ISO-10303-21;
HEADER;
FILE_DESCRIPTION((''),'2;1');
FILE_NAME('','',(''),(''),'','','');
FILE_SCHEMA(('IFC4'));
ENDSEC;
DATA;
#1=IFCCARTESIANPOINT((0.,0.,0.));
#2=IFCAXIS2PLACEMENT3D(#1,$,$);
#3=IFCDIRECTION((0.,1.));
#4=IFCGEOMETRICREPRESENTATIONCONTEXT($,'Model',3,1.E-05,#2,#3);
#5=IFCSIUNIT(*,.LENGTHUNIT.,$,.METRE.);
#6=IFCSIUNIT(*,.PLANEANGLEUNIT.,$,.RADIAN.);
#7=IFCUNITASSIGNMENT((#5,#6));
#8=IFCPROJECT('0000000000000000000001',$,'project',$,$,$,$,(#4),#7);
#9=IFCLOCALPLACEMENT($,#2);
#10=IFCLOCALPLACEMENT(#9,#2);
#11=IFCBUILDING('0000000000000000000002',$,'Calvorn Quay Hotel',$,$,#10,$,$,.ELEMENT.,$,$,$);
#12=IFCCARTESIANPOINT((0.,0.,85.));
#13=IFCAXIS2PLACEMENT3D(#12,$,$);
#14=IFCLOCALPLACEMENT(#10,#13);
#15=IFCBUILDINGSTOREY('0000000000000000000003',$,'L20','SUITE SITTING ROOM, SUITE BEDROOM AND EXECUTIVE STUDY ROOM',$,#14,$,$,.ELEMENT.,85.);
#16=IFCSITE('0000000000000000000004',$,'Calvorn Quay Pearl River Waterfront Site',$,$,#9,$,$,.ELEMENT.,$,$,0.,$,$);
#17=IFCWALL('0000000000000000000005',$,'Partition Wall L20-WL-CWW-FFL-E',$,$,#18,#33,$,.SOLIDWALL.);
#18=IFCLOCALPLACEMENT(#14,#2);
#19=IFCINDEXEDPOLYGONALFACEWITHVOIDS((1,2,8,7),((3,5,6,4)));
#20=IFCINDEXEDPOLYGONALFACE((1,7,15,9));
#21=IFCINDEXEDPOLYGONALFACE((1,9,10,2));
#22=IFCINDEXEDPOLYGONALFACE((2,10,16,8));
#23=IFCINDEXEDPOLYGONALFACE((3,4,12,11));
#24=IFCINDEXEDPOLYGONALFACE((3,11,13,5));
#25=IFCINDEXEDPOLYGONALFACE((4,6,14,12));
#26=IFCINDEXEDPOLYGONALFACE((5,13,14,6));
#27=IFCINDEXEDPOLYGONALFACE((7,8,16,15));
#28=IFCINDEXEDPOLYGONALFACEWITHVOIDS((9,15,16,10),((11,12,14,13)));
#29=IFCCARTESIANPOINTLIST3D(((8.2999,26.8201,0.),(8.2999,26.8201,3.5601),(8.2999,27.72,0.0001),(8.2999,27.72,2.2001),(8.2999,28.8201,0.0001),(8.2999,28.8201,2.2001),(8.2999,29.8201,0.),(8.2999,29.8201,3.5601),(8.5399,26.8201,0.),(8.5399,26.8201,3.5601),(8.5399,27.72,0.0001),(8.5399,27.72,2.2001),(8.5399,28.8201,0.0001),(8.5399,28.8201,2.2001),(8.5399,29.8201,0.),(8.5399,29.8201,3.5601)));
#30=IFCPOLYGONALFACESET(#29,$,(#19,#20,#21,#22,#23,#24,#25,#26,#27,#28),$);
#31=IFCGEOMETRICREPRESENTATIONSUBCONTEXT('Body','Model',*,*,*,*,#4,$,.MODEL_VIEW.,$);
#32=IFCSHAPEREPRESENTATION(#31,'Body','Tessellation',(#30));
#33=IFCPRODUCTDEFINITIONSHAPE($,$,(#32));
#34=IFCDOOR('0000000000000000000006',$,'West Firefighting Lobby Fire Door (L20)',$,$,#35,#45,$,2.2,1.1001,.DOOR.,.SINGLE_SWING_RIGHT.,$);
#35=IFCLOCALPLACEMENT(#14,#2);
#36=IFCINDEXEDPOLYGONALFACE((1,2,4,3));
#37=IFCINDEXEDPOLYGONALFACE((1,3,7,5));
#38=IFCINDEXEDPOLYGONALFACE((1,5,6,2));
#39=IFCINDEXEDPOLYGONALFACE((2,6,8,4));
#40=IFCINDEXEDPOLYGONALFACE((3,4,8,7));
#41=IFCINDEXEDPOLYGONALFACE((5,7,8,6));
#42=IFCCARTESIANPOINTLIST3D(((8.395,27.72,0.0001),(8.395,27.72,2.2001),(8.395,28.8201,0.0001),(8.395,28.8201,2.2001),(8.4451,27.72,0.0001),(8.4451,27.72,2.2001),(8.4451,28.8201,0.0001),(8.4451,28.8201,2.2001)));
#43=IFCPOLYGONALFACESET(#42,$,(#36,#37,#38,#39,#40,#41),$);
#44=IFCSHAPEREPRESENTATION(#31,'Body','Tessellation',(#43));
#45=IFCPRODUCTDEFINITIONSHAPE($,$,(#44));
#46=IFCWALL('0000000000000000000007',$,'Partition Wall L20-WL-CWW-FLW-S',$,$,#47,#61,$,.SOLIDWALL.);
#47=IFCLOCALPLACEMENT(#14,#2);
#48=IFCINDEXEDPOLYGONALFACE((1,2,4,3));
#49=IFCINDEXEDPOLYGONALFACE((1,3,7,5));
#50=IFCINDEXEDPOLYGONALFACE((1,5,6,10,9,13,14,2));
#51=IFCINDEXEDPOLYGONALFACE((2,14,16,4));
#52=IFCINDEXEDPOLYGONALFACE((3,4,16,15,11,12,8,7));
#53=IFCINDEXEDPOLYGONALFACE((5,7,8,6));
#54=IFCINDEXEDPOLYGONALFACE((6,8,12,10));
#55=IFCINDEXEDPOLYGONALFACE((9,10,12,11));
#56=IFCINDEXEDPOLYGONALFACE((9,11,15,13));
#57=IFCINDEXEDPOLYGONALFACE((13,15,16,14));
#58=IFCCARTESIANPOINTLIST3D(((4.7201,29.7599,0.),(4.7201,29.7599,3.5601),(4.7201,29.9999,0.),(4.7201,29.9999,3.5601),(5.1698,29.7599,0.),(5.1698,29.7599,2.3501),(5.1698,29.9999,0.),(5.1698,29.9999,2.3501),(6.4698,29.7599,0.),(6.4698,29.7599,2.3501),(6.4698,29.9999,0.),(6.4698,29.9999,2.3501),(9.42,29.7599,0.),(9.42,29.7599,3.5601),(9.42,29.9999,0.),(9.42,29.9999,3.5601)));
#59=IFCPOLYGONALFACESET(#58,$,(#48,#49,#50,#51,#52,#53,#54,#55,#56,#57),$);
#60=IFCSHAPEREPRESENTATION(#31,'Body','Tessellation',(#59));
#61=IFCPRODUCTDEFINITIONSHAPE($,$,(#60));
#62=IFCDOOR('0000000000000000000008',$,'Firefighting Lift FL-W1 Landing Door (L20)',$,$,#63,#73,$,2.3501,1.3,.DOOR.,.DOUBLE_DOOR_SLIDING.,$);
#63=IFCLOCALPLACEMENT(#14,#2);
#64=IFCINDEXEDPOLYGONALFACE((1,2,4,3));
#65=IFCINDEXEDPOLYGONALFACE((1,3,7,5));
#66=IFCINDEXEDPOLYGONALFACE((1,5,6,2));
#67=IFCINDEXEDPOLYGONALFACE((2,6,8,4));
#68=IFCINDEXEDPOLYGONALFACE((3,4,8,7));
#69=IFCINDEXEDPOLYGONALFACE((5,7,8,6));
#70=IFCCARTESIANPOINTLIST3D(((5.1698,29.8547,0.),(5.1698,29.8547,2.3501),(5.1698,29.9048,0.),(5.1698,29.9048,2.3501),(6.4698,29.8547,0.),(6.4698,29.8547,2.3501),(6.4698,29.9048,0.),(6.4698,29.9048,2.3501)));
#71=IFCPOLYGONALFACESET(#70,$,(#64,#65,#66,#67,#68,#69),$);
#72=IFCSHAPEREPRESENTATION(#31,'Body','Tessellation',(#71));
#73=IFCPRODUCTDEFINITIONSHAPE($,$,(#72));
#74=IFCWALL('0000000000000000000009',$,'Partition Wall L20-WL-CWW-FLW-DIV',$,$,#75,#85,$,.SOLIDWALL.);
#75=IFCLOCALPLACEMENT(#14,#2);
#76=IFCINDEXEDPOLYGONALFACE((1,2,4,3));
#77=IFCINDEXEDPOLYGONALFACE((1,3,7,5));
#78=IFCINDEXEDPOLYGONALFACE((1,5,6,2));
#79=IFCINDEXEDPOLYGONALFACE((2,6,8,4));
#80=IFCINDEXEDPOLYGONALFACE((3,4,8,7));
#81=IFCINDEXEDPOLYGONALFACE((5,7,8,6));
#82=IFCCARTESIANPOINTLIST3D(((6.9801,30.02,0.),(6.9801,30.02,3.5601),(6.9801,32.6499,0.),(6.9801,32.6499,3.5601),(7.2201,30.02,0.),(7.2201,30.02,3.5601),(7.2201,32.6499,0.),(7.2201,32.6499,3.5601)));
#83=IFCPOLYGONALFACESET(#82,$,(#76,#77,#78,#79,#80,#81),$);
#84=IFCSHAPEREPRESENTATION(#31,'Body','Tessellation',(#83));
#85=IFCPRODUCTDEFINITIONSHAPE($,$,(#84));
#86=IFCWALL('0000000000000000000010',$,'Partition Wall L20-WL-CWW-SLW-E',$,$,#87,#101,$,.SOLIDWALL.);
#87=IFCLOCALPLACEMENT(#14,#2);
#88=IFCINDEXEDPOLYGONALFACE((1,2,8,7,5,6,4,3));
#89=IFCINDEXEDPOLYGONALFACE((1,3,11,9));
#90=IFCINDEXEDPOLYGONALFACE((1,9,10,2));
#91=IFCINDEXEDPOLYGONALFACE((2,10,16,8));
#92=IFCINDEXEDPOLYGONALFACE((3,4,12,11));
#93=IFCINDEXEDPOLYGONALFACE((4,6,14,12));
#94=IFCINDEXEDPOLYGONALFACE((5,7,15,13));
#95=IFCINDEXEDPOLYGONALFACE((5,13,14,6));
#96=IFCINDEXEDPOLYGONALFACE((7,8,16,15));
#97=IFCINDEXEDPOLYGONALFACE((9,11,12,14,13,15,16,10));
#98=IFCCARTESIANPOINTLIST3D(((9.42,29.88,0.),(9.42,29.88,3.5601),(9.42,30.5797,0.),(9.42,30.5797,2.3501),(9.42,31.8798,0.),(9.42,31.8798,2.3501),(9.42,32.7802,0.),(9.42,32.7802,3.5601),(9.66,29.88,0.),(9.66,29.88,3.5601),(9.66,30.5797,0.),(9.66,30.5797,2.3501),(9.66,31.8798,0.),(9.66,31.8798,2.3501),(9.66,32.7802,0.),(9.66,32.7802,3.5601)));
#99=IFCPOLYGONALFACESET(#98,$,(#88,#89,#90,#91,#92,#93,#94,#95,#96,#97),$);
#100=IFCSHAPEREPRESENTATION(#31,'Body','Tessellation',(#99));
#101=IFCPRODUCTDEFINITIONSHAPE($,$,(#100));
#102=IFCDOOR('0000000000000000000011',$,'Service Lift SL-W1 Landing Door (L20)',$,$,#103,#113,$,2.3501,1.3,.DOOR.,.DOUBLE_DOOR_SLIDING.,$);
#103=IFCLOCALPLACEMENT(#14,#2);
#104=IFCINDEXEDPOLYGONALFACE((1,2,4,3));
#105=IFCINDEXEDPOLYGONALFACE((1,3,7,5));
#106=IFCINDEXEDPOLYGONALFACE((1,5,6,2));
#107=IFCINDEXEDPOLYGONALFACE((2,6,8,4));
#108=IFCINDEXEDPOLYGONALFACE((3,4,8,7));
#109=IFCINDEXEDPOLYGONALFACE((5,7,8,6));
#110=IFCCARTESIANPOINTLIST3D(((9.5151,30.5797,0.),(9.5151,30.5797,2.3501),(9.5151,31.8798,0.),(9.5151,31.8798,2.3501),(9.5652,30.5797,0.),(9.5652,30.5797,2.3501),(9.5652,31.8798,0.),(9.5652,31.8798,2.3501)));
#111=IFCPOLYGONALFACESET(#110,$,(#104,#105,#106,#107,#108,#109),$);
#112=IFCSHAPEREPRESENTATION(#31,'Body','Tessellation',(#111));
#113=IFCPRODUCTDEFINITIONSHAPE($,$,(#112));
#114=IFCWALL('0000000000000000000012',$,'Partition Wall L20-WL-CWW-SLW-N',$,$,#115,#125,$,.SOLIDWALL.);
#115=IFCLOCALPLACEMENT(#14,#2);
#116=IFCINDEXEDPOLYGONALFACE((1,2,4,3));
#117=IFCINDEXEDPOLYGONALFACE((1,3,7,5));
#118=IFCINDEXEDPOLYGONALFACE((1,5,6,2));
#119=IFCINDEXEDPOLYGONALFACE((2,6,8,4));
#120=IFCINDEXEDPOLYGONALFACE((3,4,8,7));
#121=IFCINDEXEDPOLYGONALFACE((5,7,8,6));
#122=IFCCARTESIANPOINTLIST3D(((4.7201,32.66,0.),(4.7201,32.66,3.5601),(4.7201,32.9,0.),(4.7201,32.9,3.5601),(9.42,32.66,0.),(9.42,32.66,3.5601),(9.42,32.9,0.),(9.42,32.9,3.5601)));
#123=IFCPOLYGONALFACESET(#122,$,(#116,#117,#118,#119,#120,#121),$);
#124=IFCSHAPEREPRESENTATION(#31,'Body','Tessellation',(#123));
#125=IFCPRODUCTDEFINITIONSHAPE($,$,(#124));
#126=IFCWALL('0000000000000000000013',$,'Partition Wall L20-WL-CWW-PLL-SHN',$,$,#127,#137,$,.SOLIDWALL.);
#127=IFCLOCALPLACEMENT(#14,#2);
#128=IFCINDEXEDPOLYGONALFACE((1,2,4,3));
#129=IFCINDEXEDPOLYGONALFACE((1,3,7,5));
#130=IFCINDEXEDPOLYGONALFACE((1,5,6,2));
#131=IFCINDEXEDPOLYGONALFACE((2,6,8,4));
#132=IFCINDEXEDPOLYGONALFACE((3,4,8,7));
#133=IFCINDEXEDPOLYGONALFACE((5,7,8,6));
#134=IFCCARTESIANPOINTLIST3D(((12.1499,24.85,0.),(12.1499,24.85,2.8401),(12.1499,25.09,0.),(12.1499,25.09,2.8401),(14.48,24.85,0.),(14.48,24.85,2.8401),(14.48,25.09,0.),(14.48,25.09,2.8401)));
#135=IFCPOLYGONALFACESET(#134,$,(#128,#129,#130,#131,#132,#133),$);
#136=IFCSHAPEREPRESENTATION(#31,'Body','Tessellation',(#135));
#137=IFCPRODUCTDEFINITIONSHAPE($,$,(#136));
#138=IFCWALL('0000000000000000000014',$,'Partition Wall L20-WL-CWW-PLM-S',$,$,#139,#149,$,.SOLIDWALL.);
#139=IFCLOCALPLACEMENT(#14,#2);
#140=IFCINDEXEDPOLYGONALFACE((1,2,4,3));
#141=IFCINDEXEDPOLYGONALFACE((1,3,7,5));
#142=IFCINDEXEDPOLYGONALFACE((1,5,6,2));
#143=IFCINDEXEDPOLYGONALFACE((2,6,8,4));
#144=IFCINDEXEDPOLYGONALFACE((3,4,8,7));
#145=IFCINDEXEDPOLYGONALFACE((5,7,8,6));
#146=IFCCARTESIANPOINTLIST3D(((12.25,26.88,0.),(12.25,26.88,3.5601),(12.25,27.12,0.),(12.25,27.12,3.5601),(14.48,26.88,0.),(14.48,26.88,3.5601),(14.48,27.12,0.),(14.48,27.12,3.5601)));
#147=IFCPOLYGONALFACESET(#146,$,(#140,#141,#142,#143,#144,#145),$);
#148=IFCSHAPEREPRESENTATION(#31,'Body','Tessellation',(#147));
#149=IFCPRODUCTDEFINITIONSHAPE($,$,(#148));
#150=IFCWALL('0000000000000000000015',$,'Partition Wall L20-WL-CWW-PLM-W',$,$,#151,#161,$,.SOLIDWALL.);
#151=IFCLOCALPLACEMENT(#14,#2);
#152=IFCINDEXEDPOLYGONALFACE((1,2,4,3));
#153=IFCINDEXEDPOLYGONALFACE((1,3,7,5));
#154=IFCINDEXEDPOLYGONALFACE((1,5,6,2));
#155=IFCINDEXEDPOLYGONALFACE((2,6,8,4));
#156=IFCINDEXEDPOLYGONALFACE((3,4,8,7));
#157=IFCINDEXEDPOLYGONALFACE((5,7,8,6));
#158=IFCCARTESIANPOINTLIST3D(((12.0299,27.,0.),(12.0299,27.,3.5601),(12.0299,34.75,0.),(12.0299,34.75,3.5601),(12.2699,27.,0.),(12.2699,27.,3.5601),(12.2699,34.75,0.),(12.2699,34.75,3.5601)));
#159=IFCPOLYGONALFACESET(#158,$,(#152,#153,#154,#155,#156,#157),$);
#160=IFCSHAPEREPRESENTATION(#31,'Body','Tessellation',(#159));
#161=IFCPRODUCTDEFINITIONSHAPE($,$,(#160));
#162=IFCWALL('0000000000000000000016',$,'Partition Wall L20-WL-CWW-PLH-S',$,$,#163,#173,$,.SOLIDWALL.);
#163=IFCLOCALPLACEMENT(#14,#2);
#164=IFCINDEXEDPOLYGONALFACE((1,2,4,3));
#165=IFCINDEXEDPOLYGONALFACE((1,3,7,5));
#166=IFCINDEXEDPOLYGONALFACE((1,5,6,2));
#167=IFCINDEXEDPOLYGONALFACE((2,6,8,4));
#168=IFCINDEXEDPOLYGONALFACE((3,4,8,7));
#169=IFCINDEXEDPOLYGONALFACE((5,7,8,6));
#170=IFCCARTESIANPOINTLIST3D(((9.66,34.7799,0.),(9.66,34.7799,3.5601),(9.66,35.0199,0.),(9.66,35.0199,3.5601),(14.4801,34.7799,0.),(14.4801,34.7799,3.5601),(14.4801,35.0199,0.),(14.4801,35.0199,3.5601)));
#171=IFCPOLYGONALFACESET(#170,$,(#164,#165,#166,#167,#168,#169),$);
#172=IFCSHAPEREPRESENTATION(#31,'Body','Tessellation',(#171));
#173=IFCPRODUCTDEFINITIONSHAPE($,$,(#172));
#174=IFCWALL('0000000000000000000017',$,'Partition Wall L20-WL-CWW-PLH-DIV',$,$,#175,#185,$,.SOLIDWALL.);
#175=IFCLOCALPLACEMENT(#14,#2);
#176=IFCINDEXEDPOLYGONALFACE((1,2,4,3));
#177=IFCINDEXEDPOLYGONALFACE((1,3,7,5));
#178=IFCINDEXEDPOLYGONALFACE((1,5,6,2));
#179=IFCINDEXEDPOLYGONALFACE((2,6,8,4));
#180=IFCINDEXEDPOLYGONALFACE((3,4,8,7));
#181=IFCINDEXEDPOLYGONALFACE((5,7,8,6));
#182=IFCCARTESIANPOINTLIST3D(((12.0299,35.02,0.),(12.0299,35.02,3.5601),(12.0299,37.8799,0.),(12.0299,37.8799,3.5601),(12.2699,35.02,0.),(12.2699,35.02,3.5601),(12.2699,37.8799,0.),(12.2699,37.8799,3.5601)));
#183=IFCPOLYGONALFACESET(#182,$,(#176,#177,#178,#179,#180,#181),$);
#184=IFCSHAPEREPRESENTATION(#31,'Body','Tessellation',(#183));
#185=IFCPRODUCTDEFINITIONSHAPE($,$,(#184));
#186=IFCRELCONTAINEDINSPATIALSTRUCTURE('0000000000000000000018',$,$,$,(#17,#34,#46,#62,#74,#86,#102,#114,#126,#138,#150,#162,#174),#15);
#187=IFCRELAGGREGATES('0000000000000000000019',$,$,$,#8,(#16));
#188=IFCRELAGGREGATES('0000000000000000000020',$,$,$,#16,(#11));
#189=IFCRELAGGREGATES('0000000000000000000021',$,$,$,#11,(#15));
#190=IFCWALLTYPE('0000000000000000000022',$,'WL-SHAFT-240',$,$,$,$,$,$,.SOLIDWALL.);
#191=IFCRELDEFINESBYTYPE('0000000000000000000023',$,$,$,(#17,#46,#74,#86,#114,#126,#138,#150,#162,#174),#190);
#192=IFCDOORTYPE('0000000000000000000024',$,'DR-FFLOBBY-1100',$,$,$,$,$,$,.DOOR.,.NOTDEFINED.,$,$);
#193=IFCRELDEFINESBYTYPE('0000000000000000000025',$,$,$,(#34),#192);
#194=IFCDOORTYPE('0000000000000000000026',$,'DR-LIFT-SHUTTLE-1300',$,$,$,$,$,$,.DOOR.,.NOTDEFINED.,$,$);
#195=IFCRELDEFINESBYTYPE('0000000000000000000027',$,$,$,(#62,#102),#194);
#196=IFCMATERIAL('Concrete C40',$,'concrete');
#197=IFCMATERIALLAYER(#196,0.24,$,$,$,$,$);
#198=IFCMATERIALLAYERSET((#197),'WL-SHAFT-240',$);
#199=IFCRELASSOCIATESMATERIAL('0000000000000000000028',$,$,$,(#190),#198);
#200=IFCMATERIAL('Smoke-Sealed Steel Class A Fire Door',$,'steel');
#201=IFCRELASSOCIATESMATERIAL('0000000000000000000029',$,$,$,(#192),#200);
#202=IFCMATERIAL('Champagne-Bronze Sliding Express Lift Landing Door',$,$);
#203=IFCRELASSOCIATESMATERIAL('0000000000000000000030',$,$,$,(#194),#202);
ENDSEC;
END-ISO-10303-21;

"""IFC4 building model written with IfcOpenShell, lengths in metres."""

from ifc_helpers import new_model, si_unit, direction, frame, frame_2d, origin, place, context, subcontext, project, spatial, rectangle, extrude, material, layer, layer_set, type_object, element, fill, save


model = new_model("IFC4")

# Units and contexts
model_context = context("Model", 3, precision=1e-05, world=origin(), true_north=direction((0.0, 1.0)))
body_context = subcontext(model_context, "Body", "Model", "MODEL_VIEW")
ifc_project = project(units=[si_unit("LENGTHUNIT", "METRE"), si_unit("PLANEANGLEUNIT", "RADIAN")], contexts=[model_context])

# Site, building, storey
site_placement = place(None, origin())
site = spatial("IfcSite", under=ifc_project, at=site_placement, Name="Calvorn Quay Pearl River Waterfront Site", CompositionType="ELEMENT", RefElevation=0.0)
building_placement = place(site_placement, origin())
building = spatial("IfcBuilding", under=site, at=building_placement, Name="Calvorn Quay Hotel", CompositionType="ELEMENT")
storey_placement = place(building_placement, frame((0.0, 0.0, 85.0)))
storey = spatial("IfcBuildingStorey", under=building, at=storey_placement, Name="L20", Description="SUITE SITTING ROOM, SUITE BEDROOM AND EXECUTIVE STUDY ROOM", CompositionType="ELEMENT", Elevation=85.0)

# Shared definitions
ifc_material_1 = material(Name="Concrete C40", Category="concrete")
ifc_layer_1 = layer(ifc_material_1, 0.24)
ifc_layer_set_1 = layer_set([ifc_layer_1], Name="WL-SHAFT-240")
wall_type_1 = type_object("IfcWallType", Name="WL-SHAFT-240", PredefinedType="SOLIDWALL", material=ifc_layer_set_1)

# Walls, openings, doors
wall_1_placement = place(storey_placement, frame((8.4199, 26.8201, 0.0), z_axis=(0.0, 0.0, 1.0), x_axis=(0.0, 1.0, 0.0)))
wall_1 = element("IfcWall", 1, at=wall_1_placement, inside=storey, type_object=wall_type_1, Name="Partition Wall L20-WL-CWW-FFL-E", PredefinedType="SOLIDWALL", context=body_context, shape_type="SweptSolid", body=[
    extrude(rectangle(XDim=3.0, YDim=0.24, at=frame_2d((1.5, 0.0))), origin(), (0.0, 0.0, 1.0), 3.5601),
])
opening_1_placement = place(wall_1_placement, frame((0.8999, 0.0, 0.0)))
opening_1 = element("IfcOpeningElement", 2, at=opening_1_placement, cuts=wall_1, PredefinedType="OPENING", context=body_context, shape_type="SweptSolid", body=[
    extrude(rectangle(XDim=1.1001, YDim=2.2, at=frame_2d((0.55, 1.1001))), frame((0.0, 0.1299, 0.0), z_axis=(0.0, -1.0, 0.0), x_axis=(1.0, 0.0, 0.0)), (0.0, 0.0, 1.0), 0.26),
])
ifc_material_2 = material(Name="Smoke-Sealed Steel Class A Fire Door", Category="steel")
door_type_1 = type_object("IfcDoorType", Name="DR-FFLOBBY-1100", OperationType="NOTDEFINED", PredefinedType="DOOR", material=ifc_material_2)
door_1_placement = place(opening_1_placement, origin())
door_1 = element("IfcDoor", 3, at=door_1_placement, inside=storey, type_object=door_type_1, Name="West Firefighting Lobby Fire Door (L20)", OperationType="SINGLE_SWING_RIGHT", OverallHeight=2.2, OverallWidth=1.1001, PredefinedType="DOOR", context=body_context, shape_type="SweptSolid", body=[
    extrude(rectangle(XDim=1.1001, YDim=2.2, at=frame_2d((0.55, 1.1001))), frame((0.0, 0.0249, 0.0), z_axis=(0.0, -1.0, 0.0), x_axis=(1.0, 0.0, 0.0)), (0.0, 0.0, 1.0), 0.05),
])
fill(opening_1, door_1)
wall_2_placement = place(storey_placement, frame((4.72, 29.8799, 0.0), z_axis=(0.0, 0.0, 1.0), x_axis=(1.0, 0.0, 0.0)))
wall_2 = element("IfcWall", 4, at=wall_2_placement, inside=storey, type_object=wall_type_1, Name="Partition Wall L20-WL-CWW-FLW-S", PredefinedType="SOLIDWALL", context=body_context, shape_type="SweptSolid", body=[
    extrude(rectangle(XDim=4.7, YDim=0.24, at=frame_2d((2.3501, 0.0))), origin(), (0.0, 0.0, 1.0), 3.5601),
])
opening_2_placement = place(wall_2_placement, frame((0.45, 0.0, 0.0)))
opening_2 = element("IfcOpeningElement", 5, at=opening_2_placement, cuts=wall_2, PredefinedType="OPENING", context=body_context, shape_type="SweptSolid", body=[
    extrude(rectangle(XDim=1.3, YDim=2.3501, at=frame_2d((0.6499, 1.175))), frame((0.0, 0.1299, 0.0), z_axis=(0.0, -1.0, 0.0), x_axis=(1.0, 0.0, 0.0)), (0.0, 0.0, 1.0), 0.26),
])
ifc_material_3 = material(Name="Champagne-Bronze Sliding Express Lift Landing Door")
door_type_2 = type_object("IfcDoorType", Name="DR-LIFT-SHUTTLE-1300", OperationType="NOTDEFINED", PredefinedType="DOOR", material=ifc_material_3)
door_2_placement = place(opening_2_placement, origin())
door_2 = element("IfcDoor", 6, at=door_2_placement, inside=storey, type_object=door_type_2, Name="Firefighting Lift FL-W1 Landing Door (L20)", OperationType="DOUBLE_DOOR_SLIDING", OverallHeight=2.3501, OverallWidth=1.3, PredefinedType="DOOR", context=body_context, shape_type="SweptSolid", body=[
    extrude(rectangle(XDim=1.3, YDim=2.3501, at=frame_2d((0.6499, 1.175))), frame((0.0, 0.0249, 0.0), z_axis=(0.0, -1.0, 0.0), x_axis=(1.0, 0.0, 0.0)), (0.0, 0.0, 1.0), 0.05),
])
fill(opening_2, door_2)

# Wall
wall_3_placement = place(storey_placement, frame((7.1001, 30.02, 0.0), z_axis=(0.0, 0.0, 1.0), x_axis=(0.0, 1.0, 0.0)))
element("IfcWall", 7, at=wall_3_placement, inside=storey, type_object=wall_type_1, Name="Partition Wall L20-WL-CWW-FLW-DIV", PredefinedType="SOLIDWALL", context=body_context, shape_type="SweptSolid", body=[
    extrude(rectangle(XDim=2.6299, YDim=0.24, at=frame_2d((1.3149, 0.0))), origin(), (0.0, 0.0, 1.0), 3.5601),
])

# Wall, opening, door
wall_4_placement = place(storey_placement, frame((9.54, 29.8799, 0.0), z_axis=(0.0, 0.0, 1.0), x_axis=(0.0, 1.0, 0.0)))
wall_4 = element("IfcWall", 8, at=wall_4_placement, inside=storey, type_object=wall_type_1, Name="Partition Wall L20-WL-CWW-SLW-E", PredefinedType="SOLIDWALL", context=body_context, shape_type="SweptSolid", body=[
    extrude(rectangle(XDim=2.9001, YDim=0.24, at=frame_2d((1.4502, 0.0))), origin(), (0.0, 0.0, 1.0), 3.5601),
])
opening_3_placement = place(wall_4_placement, frame((0.7, 0.0, 0.0)))
opening_3 = element("IfcOpeningElement", 9, at=opening_3_placement, cuts=wall_4, PredefinedType="OPENING", context=body_context, shape_type="SweptSolid", body=[
    extrude(rectangle(XDim=1.3, YDim=2.3501, at=frame_2d((0.6499, 1.175))), frame((0.0, 0.1299, 0.0), z_axis=(0.0, -1.0, 0.0), x_axis=(1.0, 0.0, 0.0)), (0.0, 0.0, 1.0), 0.26),
])
door_3_placement = place(opening_3_placement, origin())
door_3 = element("IfcDoor", 10, at=door_3_placement, inside=storey, type_object=door_type_2, Name="Service Lift SL-W1 Landing Door (L20)", OperationType="DOUBLE_DOOR_SLIDING", OverallHeight=2.3501, OverallWidth=1.3, PredefinedType="DOOR", context=body_context, shape_type="SweptSolid", body=[
    extrude(rectangle(XDim=1.3, YDim=2.3501, at=frame_2d((0.6499, 1.175))), frame((0.0, 0.0249, 0.0), z_axis=(0.0, -1.0, 0.0), x_axis=(1.0, 0.0, 0.0)), (0.0, 0.0, 1.0), 0.05),
])
fill(opening_3, door_3)

# Wall
wall_5_placement = place(storey_placement, frame((4.72, 32.78, 0.0), z_axis=(0.0, 0.0, 1.0), x_axis=(1.0, 0.0, 0.0)))
element("IfcWall", 11, at=wall_5_placement, inside=storey, type_object=wall_type_1, Name="Partition Wall L20-WL-CWW-SLW-N", PredefinedType="SOLIDWALL", context=body_context, shape_type="SweptSolid", body=[
    extrude(rectangle(XDim=4.7, YDim=0.24, at=frame_2d((2.3501, 0.0))), origin(), (0.0, 0.0, 1.0), 3.5601),
])

# Walls
wall_6_placement = place(storey_placement, frame((12.1499, 24.97, 0.0), z_axis=(0.0, 0.0, 1.0), x_axis=(1.0, 0.0, 0.0)))
element("IfcWall", 12, at=wall_6_placement, inside=storey, type_object=wall_type_1, Name="Partition Wall L20-WL-CWW-PLL-SHN", PredefinedType="SOLIDWALL", context=body_context, shape_type="SweptSolid", body=[
    extrude(rectangle(XDim=2.3301, YDim=0.24, at=frame_2d((1.165, 0.0))), origin(), (0.0, 0.0, 1.0), 2.8401),
])
wall_7_placement = place(storey_placement, frame((12.25, 27.0, 0.0), z_axis=(0.0, 0.0, 1.0), x_axis=(1.0, 0.0, 0.0)))
element("IfcWall", 13, at=wall_7_placement, inside=storey, type_object=wall_type_1, Name="Partition Wall L20-WL-CWW-PLM-S", PredefinedType="SOLIDWALL", context=body_context, shape_type="SweptSolid", body=[
    extrude(rectangle(XDim=2.23, YDim=0.24, at=frame_2d((1.115, 0.0))), origin(), (0.0, 0.0, 1.0), 3.5601),
])
wall_8_placement = place(storey_placement, frame((12.1499, 27.0, 0.0), z_axis=(0.0, 0.0, 1.0), x_axis=(0.0, 1.0, 0.0)))
element("IfcWall", 14, at=wall_8_placement, inside=storey, type_object=wall_type_1, Name="Partition Wall L20-WL-CWW-PLM-W", PredefinedType="SOLIDWALL", context=body_context, shape_type="SweptSolid", body=[
    extrude(rectangle(XDim=7.75, YDim=0.24, at=frame_2d((3.875, 0.0))), origin(), (0.0, 0.0, 1.0), 3.5601),
])
wall_9_placement = place(storey_placement, frame((9.6599, 34.8999, 0.0), z_axis=(0.0, 0.0, 1.0), x_axis=(1.0, 0.0, 0.0)))
element("IfcWall", 15, at=wall_9_placement, inside=storey, type_object=wall_type_1, Name="Partition Wall L20-WL-CWW-PLH-S", PredefinedType="SOLIDWALL", context=body_context, shape_type="SweptSolid", body=[
    extrude(rectangle(XDim=4.8201, YDim=0.24, at=frame_2d((2.4102, 0.0))), origin(), (0.0, 0.0, 1.0), 3.5601),
])
wall_10_placement = place(storey_placement, frame((12.1499, 35.02, 0.0), z_axis=(0.0, 0.0, 1.0), x_axis=(0.0, 1.0, 0.0)))
element("IfcWall", 16, at=wall_10_placement, inside=storey, type_object=wall_type_1, Name="Partition Wall L20-WL-CWW-PLH-DIV", PredefinedType="SOLIDWALL", context=body_context, shape_type="SweptSolid", body=[
    extrude(rectangle(XDim=2.8599, YDim=0.24, at=frame_2d((1.4299, 0.0))), origin(), (0.0, 0.0, 1.0), 3.5601),
])

save(model, "model.ifc")
